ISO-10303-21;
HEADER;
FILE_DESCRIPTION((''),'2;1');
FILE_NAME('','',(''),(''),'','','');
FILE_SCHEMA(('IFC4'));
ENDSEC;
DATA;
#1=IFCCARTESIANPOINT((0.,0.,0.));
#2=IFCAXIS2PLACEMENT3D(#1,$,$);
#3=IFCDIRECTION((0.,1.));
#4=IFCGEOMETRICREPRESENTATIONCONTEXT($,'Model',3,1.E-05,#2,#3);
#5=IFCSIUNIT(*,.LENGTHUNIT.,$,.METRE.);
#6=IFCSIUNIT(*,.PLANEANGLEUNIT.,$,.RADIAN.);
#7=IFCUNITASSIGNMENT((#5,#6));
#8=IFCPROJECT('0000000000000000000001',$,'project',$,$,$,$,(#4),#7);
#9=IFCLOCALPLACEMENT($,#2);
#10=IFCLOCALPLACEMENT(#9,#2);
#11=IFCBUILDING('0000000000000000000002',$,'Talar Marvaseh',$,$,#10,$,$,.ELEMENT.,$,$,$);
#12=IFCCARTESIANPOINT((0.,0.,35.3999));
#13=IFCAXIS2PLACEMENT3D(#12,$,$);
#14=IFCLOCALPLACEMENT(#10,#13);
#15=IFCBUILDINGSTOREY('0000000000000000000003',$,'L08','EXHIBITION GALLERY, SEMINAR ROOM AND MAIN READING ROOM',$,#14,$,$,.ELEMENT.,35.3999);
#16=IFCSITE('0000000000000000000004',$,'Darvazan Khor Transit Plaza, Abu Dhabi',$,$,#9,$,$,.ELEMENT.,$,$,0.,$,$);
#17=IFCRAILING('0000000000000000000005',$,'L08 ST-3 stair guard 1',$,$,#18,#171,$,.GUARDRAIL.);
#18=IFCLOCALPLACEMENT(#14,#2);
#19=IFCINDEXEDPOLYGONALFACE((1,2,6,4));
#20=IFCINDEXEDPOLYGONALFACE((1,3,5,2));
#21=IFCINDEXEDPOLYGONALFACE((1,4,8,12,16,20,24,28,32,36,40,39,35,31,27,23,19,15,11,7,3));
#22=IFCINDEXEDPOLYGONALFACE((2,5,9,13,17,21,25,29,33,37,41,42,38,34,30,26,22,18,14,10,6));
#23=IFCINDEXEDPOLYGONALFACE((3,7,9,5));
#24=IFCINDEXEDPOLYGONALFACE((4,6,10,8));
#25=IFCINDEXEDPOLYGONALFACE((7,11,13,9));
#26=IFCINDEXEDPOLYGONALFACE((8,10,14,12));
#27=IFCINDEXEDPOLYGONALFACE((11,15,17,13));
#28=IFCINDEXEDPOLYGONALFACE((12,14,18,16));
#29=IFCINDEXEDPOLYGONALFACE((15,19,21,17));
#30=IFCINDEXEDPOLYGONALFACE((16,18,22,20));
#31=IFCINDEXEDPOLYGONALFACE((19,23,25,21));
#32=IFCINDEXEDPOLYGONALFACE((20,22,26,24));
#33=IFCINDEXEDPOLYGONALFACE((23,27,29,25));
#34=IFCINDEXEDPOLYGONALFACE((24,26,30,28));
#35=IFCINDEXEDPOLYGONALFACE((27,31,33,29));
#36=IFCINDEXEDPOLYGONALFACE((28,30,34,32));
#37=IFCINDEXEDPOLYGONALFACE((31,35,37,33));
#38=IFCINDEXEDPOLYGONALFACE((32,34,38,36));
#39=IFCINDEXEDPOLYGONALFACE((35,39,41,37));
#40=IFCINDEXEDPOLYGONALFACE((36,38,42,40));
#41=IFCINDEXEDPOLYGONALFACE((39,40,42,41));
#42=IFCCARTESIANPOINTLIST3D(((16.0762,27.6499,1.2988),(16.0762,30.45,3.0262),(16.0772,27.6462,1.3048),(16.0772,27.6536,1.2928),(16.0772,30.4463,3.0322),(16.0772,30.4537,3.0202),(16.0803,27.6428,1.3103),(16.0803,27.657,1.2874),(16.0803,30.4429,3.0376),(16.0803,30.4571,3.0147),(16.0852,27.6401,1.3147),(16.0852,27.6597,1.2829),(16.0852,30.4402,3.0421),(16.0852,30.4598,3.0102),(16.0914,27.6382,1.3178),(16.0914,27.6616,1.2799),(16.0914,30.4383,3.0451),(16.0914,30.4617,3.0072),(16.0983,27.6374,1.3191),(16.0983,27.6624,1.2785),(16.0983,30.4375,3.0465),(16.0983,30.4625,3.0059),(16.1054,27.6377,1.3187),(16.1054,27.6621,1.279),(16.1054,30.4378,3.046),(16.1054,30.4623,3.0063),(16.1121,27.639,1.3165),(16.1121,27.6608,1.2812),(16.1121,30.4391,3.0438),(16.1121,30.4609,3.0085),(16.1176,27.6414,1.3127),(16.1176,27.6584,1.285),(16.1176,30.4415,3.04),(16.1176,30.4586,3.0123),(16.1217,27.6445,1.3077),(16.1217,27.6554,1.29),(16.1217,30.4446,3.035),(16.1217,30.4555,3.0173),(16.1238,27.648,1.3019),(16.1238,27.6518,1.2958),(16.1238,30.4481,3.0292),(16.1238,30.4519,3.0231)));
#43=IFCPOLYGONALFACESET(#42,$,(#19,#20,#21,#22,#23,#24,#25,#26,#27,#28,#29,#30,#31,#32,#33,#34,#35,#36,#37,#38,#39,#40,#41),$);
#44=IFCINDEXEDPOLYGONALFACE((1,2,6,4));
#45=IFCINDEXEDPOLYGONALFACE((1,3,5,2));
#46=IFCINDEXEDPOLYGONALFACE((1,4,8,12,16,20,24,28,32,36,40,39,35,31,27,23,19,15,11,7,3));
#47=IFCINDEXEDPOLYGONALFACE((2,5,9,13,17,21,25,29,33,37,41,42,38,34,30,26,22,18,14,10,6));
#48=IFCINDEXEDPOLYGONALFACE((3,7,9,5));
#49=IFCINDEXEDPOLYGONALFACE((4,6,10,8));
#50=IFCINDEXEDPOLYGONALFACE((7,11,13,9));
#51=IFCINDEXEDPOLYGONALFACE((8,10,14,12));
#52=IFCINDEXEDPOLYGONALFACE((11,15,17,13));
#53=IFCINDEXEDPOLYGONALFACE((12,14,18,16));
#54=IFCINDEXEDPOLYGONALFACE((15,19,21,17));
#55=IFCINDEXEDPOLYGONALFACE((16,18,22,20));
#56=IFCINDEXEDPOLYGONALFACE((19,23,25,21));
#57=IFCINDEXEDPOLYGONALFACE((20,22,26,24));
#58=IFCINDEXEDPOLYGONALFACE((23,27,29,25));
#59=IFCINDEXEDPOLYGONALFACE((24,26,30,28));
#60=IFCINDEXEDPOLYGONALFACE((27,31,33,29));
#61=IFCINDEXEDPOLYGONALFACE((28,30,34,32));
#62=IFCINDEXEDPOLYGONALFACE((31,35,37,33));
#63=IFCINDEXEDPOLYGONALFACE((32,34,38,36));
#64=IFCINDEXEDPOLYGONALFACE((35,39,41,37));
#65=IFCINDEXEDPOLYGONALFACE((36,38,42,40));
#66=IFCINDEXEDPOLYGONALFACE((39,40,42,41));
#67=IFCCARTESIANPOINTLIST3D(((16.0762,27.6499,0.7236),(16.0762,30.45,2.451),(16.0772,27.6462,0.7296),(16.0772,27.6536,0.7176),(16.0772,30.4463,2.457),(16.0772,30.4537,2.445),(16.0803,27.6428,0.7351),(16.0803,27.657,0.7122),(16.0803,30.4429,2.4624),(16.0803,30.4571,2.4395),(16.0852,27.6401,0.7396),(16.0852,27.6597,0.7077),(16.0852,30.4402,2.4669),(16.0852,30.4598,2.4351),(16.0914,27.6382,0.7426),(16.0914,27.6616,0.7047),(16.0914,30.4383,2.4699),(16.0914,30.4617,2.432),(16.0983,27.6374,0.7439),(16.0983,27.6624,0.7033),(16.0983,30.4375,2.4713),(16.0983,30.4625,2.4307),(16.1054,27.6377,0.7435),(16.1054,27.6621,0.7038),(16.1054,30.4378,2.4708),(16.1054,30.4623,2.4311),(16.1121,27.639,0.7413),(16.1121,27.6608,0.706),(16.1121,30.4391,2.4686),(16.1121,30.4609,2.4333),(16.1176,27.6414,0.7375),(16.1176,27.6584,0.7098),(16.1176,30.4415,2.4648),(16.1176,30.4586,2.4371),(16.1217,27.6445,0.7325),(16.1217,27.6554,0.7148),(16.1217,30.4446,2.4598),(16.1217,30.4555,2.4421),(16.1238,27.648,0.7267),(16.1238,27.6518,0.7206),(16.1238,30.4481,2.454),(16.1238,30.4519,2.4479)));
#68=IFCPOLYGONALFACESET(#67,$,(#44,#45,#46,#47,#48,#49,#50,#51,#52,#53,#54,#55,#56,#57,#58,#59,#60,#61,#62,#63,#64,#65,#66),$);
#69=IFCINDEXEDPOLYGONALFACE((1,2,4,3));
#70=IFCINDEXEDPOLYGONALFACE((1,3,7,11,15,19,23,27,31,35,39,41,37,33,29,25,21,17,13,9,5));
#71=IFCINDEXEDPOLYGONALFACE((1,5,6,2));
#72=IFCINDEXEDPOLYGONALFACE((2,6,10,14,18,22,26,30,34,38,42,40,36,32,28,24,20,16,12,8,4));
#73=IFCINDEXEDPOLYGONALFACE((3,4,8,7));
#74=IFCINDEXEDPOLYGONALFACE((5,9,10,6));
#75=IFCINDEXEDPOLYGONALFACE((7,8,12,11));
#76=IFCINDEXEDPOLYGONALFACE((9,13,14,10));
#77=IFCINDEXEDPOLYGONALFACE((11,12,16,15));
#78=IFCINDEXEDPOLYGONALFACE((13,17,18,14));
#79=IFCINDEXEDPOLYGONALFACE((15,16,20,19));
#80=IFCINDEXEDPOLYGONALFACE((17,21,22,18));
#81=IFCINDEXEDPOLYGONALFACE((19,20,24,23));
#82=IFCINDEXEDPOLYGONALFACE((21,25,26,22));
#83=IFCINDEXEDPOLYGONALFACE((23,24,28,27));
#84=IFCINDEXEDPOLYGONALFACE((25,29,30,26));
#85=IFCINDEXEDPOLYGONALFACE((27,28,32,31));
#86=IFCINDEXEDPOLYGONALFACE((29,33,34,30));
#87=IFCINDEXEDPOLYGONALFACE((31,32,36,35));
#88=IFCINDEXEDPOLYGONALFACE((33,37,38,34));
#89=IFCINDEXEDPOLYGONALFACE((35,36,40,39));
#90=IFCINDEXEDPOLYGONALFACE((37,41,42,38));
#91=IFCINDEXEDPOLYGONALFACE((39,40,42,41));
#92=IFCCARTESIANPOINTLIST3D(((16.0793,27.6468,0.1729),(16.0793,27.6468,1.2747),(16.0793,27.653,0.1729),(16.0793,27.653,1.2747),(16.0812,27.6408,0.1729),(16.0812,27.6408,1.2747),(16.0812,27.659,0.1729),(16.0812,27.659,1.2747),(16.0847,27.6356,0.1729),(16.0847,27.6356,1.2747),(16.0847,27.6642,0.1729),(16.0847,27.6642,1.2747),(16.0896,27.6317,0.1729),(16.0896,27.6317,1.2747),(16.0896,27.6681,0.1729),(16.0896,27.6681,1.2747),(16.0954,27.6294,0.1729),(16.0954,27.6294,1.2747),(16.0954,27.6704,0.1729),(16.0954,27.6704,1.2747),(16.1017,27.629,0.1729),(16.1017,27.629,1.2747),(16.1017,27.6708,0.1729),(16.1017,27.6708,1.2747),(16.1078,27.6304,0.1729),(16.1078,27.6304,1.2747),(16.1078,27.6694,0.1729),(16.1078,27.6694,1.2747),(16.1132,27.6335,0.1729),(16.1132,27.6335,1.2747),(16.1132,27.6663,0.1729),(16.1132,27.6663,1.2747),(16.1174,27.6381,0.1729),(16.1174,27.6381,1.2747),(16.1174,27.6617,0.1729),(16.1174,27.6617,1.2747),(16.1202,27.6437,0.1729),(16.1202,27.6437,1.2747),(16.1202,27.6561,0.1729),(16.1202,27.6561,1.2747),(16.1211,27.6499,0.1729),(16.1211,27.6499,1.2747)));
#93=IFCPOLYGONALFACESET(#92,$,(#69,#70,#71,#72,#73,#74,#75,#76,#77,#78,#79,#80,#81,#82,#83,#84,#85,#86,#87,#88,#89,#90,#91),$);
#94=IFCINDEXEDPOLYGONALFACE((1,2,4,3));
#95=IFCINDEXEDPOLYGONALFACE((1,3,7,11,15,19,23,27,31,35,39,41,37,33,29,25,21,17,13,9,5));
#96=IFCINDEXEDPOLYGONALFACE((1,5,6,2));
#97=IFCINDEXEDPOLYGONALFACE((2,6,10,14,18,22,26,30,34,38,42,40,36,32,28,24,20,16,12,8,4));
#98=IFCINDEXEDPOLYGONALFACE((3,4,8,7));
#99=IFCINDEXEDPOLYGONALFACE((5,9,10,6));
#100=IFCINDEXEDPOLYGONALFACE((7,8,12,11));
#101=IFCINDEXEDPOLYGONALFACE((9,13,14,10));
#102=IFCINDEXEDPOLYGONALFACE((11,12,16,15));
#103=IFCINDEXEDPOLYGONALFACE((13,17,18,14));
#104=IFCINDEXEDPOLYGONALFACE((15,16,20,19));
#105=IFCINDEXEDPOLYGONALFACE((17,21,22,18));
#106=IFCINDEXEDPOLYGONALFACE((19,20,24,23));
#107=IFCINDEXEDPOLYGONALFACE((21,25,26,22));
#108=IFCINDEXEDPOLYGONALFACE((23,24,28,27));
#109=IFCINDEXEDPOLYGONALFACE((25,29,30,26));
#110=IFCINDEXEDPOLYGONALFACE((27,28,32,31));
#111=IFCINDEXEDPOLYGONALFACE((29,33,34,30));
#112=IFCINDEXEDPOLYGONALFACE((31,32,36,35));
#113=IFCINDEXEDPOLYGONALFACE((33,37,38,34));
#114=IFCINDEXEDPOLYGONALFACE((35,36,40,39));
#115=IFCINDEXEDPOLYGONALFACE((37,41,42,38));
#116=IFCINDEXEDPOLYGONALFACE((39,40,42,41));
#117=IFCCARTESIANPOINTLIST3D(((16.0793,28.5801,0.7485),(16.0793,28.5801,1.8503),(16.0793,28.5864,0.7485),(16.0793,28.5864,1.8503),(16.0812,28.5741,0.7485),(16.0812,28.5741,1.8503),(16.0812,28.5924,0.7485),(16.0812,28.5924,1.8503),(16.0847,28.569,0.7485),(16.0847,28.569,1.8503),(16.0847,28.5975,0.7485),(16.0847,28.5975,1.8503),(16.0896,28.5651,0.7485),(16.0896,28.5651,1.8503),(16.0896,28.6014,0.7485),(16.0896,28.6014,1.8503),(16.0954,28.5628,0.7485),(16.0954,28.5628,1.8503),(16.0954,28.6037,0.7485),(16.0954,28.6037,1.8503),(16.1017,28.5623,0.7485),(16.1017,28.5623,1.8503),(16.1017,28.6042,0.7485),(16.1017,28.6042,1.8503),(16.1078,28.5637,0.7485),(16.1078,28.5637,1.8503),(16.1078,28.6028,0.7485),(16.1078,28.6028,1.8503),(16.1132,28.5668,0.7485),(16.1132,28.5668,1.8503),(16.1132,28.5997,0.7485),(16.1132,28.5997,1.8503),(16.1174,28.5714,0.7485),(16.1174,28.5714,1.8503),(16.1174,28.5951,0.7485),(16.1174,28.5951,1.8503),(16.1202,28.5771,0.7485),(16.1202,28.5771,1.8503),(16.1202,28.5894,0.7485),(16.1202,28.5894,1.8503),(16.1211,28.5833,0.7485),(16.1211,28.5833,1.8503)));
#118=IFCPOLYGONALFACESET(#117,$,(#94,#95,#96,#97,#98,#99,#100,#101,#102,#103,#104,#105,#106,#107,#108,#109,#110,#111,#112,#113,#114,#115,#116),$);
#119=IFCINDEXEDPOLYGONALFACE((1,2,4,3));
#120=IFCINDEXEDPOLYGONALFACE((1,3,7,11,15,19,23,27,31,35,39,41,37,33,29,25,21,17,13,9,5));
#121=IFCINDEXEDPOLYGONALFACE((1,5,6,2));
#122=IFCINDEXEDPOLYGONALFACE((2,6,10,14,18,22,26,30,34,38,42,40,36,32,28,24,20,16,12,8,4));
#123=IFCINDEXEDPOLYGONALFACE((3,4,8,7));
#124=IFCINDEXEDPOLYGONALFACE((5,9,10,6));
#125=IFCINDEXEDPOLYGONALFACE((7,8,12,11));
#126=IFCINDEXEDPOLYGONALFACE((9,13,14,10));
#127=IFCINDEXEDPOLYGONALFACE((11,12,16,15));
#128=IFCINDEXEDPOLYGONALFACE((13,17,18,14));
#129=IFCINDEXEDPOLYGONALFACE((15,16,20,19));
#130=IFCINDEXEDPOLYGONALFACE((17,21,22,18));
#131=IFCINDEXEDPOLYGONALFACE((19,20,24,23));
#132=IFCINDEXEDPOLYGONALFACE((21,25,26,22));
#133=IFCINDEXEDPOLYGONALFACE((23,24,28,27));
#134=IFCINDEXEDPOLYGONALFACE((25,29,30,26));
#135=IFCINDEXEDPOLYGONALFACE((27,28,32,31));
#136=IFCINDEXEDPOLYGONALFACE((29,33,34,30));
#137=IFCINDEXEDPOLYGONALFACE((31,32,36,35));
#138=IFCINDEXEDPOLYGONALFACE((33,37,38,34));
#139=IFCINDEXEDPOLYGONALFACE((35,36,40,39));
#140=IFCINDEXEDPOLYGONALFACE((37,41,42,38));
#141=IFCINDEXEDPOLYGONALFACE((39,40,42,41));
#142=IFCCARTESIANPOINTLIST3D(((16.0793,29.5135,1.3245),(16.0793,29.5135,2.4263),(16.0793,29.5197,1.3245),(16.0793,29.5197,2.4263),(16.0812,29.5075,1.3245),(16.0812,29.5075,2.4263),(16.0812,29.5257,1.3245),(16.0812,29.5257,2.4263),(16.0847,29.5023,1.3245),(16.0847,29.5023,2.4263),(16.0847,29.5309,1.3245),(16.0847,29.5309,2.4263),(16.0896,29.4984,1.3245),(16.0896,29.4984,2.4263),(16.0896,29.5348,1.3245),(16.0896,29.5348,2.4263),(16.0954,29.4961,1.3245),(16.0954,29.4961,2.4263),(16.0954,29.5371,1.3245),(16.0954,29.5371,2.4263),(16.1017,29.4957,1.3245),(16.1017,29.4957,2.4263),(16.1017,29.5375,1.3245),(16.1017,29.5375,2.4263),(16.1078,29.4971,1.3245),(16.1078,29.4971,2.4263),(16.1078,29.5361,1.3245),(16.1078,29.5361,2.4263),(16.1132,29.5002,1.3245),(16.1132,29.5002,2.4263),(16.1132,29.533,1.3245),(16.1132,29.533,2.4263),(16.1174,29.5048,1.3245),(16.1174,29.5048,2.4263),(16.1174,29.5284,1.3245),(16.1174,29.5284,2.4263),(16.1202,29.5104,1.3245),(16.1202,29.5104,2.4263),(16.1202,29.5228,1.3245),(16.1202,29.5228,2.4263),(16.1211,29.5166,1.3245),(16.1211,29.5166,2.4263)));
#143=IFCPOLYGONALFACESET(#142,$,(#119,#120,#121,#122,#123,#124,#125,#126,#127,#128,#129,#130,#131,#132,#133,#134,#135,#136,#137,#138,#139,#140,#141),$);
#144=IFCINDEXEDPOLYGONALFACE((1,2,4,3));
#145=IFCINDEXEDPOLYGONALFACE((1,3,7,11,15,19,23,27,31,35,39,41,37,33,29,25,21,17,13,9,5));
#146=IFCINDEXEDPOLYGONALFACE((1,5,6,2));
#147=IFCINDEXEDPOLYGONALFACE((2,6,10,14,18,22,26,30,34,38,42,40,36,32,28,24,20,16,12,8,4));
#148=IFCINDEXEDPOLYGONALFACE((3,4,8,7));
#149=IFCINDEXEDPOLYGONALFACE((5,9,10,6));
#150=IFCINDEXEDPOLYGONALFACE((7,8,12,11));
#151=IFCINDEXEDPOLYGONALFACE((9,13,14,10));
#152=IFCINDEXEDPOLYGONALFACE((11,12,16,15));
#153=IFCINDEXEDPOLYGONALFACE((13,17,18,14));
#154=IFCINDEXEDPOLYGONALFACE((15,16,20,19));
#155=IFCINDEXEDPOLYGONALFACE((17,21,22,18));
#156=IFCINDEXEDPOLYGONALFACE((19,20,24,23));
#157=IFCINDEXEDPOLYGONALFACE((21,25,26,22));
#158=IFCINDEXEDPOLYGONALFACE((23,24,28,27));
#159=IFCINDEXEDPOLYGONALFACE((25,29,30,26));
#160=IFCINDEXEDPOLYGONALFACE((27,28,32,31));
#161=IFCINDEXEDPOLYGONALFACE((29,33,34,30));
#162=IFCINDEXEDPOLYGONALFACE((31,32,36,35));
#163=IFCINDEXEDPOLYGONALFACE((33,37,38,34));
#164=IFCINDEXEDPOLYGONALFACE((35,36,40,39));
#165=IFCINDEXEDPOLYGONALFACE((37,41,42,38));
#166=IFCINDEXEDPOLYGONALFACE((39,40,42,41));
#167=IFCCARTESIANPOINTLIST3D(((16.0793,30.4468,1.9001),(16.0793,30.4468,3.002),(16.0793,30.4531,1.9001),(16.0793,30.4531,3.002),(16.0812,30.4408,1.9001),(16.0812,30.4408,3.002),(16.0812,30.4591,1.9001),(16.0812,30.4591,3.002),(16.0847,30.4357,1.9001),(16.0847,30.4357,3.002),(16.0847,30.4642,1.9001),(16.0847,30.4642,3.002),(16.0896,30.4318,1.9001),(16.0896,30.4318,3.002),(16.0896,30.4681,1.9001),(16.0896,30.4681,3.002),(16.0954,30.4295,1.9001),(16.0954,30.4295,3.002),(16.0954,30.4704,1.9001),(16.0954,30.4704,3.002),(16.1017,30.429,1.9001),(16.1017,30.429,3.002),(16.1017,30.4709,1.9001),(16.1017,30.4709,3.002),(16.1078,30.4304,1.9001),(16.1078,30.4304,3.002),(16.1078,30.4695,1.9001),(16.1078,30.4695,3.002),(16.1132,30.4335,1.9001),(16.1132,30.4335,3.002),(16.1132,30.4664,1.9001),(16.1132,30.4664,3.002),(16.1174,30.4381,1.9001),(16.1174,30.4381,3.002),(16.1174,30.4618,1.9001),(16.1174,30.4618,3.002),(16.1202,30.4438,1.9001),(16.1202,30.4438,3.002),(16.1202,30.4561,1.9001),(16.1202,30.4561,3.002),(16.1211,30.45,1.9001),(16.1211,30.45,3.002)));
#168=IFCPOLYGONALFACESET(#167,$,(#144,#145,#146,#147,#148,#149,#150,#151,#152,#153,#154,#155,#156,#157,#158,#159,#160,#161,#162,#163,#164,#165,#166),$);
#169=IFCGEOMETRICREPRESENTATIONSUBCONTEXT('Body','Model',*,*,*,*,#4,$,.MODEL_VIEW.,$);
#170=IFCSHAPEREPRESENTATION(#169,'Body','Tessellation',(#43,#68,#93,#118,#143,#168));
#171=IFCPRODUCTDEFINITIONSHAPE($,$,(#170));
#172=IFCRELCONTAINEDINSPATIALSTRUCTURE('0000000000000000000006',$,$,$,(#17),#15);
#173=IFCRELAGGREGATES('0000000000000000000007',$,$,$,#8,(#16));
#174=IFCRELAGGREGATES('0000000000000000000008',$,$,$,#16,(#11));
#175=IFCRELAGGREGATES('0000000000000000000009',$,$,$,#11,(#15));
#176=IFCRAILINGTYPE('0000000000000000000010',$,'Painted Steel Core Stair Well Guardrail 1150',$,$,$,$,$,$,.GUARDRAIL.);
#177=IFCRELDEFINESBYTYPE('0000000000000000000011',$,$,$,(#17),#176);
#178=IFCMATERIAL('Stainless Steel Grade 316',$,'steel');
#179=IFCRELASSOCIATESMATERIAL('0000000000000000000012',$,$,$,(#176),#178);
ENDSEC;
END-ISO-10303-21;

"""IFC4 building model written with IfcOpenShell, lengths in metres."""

from ifc_helpers import new_model, si_unit, direction, frame, origin, origin_2d, place, context, subcontext, project, spatial, circle, extrude, material, type_object, element, save


model = new_model("IFC4")

# Units and contexts
model_context = context("Model", 3, precision=1e-05, world=origin(), true_north=direction((0.0, 1.0)))
body_context = subcontext(model_context, "Body", "Model", "MODEL_VIEW")
ifc_project = project(units=[si_unit("LENGTHUNIT", "METRE"), si_unit("PLANEANGLEUNIT", "RADIAN")], contexts=[model_context])

# Site, building, storey
site_placement = place(None, origin())
site = spatial("IfcSite", under=ifc_project, at=site_placement, Name="Darvazan Khor Transit Plaza, Abu Dhabi", CompositionType="ELEMENT", RefElevation=0.0)
building_placement = place(site_placement, origin())
building = spatial("IfcBuilding", under=site, at=building_placement, Name="Talar Marvaseh", CompositionType="ELEMENT")
storey_placement = place(building_placement, frame((0.0, 0.0, 35.3999)))
storey = spatial("IfcBuildingStorey", under=building, at=storey_placement, Name="L08", Description="EXHIBITION GALLERY, SEMINAR ROOM AND MAIN READING ROOM", CompositionType="ELEMENT", Elevation=35.3999)

# Railing
ifc_material_1 = material(Name="Stainless Steel Grade 316", Category="steel")
railing_type_1 = type_object("IfcRailingType", Name="Painted Steel Core Stair Well Guardrail 1150", PredefinedType="GUARDRAIL", material=ifc_material_1)
railing_1_placement = place(storey_placement, frame((16.1001, 27.6499, 0.1729)))
element("IfcRailing", 1, at=railing_1_placement, inside=storey, type_object=railing_type_1, Name="L08 ST-3 stair guard 1", PredefinedType="GUARDRAIL", context=body_context, shape_type="SweptSolid", body=[
    extrude(circle(Radius=0.0239, at=origin_2d()), frame((0.0, 0.0, 1.126), z_axis=(0.0, 0.85109, 0.52502), x_axis=(-1.0, 0.0, 0.0)), (0.0, 0.0, 1.0), 3.29),
    extrude(circle(Radius=0.0239, at=origin_2d()), frame((0.0, 0.0, 0.5508), z_axis=(0.0, 0.85109, 0.52502), x_axis=(-1.0, 0.0, 0.0)), (0.0, 0.0, 1.0), 3.29),
    extrude(circle(Radius=0.021, at=origin_2d()), origin(), (0.0, 0.0, 1.0), 1.1018),
    extrude(circle(Radius=0.021, at=origin_2d()), frame((0.0, 0.9333, 0.5757)), (0.0, 0.0, 1.0), 1.1018),
    extrude(circle(Radius=0.021, at=origin_2d()), frame((0.0, 1.8667, 1.1516)), (0.0, 0.0, 1.0), 1.1018),
    extrude(circle(Radius=0.021, at=origin_2d()), frame((0.0, 2.8, 1.7273)), (0.0, 0.0, 1.0), 1.1018),
])

save(model, "model.ifc")
